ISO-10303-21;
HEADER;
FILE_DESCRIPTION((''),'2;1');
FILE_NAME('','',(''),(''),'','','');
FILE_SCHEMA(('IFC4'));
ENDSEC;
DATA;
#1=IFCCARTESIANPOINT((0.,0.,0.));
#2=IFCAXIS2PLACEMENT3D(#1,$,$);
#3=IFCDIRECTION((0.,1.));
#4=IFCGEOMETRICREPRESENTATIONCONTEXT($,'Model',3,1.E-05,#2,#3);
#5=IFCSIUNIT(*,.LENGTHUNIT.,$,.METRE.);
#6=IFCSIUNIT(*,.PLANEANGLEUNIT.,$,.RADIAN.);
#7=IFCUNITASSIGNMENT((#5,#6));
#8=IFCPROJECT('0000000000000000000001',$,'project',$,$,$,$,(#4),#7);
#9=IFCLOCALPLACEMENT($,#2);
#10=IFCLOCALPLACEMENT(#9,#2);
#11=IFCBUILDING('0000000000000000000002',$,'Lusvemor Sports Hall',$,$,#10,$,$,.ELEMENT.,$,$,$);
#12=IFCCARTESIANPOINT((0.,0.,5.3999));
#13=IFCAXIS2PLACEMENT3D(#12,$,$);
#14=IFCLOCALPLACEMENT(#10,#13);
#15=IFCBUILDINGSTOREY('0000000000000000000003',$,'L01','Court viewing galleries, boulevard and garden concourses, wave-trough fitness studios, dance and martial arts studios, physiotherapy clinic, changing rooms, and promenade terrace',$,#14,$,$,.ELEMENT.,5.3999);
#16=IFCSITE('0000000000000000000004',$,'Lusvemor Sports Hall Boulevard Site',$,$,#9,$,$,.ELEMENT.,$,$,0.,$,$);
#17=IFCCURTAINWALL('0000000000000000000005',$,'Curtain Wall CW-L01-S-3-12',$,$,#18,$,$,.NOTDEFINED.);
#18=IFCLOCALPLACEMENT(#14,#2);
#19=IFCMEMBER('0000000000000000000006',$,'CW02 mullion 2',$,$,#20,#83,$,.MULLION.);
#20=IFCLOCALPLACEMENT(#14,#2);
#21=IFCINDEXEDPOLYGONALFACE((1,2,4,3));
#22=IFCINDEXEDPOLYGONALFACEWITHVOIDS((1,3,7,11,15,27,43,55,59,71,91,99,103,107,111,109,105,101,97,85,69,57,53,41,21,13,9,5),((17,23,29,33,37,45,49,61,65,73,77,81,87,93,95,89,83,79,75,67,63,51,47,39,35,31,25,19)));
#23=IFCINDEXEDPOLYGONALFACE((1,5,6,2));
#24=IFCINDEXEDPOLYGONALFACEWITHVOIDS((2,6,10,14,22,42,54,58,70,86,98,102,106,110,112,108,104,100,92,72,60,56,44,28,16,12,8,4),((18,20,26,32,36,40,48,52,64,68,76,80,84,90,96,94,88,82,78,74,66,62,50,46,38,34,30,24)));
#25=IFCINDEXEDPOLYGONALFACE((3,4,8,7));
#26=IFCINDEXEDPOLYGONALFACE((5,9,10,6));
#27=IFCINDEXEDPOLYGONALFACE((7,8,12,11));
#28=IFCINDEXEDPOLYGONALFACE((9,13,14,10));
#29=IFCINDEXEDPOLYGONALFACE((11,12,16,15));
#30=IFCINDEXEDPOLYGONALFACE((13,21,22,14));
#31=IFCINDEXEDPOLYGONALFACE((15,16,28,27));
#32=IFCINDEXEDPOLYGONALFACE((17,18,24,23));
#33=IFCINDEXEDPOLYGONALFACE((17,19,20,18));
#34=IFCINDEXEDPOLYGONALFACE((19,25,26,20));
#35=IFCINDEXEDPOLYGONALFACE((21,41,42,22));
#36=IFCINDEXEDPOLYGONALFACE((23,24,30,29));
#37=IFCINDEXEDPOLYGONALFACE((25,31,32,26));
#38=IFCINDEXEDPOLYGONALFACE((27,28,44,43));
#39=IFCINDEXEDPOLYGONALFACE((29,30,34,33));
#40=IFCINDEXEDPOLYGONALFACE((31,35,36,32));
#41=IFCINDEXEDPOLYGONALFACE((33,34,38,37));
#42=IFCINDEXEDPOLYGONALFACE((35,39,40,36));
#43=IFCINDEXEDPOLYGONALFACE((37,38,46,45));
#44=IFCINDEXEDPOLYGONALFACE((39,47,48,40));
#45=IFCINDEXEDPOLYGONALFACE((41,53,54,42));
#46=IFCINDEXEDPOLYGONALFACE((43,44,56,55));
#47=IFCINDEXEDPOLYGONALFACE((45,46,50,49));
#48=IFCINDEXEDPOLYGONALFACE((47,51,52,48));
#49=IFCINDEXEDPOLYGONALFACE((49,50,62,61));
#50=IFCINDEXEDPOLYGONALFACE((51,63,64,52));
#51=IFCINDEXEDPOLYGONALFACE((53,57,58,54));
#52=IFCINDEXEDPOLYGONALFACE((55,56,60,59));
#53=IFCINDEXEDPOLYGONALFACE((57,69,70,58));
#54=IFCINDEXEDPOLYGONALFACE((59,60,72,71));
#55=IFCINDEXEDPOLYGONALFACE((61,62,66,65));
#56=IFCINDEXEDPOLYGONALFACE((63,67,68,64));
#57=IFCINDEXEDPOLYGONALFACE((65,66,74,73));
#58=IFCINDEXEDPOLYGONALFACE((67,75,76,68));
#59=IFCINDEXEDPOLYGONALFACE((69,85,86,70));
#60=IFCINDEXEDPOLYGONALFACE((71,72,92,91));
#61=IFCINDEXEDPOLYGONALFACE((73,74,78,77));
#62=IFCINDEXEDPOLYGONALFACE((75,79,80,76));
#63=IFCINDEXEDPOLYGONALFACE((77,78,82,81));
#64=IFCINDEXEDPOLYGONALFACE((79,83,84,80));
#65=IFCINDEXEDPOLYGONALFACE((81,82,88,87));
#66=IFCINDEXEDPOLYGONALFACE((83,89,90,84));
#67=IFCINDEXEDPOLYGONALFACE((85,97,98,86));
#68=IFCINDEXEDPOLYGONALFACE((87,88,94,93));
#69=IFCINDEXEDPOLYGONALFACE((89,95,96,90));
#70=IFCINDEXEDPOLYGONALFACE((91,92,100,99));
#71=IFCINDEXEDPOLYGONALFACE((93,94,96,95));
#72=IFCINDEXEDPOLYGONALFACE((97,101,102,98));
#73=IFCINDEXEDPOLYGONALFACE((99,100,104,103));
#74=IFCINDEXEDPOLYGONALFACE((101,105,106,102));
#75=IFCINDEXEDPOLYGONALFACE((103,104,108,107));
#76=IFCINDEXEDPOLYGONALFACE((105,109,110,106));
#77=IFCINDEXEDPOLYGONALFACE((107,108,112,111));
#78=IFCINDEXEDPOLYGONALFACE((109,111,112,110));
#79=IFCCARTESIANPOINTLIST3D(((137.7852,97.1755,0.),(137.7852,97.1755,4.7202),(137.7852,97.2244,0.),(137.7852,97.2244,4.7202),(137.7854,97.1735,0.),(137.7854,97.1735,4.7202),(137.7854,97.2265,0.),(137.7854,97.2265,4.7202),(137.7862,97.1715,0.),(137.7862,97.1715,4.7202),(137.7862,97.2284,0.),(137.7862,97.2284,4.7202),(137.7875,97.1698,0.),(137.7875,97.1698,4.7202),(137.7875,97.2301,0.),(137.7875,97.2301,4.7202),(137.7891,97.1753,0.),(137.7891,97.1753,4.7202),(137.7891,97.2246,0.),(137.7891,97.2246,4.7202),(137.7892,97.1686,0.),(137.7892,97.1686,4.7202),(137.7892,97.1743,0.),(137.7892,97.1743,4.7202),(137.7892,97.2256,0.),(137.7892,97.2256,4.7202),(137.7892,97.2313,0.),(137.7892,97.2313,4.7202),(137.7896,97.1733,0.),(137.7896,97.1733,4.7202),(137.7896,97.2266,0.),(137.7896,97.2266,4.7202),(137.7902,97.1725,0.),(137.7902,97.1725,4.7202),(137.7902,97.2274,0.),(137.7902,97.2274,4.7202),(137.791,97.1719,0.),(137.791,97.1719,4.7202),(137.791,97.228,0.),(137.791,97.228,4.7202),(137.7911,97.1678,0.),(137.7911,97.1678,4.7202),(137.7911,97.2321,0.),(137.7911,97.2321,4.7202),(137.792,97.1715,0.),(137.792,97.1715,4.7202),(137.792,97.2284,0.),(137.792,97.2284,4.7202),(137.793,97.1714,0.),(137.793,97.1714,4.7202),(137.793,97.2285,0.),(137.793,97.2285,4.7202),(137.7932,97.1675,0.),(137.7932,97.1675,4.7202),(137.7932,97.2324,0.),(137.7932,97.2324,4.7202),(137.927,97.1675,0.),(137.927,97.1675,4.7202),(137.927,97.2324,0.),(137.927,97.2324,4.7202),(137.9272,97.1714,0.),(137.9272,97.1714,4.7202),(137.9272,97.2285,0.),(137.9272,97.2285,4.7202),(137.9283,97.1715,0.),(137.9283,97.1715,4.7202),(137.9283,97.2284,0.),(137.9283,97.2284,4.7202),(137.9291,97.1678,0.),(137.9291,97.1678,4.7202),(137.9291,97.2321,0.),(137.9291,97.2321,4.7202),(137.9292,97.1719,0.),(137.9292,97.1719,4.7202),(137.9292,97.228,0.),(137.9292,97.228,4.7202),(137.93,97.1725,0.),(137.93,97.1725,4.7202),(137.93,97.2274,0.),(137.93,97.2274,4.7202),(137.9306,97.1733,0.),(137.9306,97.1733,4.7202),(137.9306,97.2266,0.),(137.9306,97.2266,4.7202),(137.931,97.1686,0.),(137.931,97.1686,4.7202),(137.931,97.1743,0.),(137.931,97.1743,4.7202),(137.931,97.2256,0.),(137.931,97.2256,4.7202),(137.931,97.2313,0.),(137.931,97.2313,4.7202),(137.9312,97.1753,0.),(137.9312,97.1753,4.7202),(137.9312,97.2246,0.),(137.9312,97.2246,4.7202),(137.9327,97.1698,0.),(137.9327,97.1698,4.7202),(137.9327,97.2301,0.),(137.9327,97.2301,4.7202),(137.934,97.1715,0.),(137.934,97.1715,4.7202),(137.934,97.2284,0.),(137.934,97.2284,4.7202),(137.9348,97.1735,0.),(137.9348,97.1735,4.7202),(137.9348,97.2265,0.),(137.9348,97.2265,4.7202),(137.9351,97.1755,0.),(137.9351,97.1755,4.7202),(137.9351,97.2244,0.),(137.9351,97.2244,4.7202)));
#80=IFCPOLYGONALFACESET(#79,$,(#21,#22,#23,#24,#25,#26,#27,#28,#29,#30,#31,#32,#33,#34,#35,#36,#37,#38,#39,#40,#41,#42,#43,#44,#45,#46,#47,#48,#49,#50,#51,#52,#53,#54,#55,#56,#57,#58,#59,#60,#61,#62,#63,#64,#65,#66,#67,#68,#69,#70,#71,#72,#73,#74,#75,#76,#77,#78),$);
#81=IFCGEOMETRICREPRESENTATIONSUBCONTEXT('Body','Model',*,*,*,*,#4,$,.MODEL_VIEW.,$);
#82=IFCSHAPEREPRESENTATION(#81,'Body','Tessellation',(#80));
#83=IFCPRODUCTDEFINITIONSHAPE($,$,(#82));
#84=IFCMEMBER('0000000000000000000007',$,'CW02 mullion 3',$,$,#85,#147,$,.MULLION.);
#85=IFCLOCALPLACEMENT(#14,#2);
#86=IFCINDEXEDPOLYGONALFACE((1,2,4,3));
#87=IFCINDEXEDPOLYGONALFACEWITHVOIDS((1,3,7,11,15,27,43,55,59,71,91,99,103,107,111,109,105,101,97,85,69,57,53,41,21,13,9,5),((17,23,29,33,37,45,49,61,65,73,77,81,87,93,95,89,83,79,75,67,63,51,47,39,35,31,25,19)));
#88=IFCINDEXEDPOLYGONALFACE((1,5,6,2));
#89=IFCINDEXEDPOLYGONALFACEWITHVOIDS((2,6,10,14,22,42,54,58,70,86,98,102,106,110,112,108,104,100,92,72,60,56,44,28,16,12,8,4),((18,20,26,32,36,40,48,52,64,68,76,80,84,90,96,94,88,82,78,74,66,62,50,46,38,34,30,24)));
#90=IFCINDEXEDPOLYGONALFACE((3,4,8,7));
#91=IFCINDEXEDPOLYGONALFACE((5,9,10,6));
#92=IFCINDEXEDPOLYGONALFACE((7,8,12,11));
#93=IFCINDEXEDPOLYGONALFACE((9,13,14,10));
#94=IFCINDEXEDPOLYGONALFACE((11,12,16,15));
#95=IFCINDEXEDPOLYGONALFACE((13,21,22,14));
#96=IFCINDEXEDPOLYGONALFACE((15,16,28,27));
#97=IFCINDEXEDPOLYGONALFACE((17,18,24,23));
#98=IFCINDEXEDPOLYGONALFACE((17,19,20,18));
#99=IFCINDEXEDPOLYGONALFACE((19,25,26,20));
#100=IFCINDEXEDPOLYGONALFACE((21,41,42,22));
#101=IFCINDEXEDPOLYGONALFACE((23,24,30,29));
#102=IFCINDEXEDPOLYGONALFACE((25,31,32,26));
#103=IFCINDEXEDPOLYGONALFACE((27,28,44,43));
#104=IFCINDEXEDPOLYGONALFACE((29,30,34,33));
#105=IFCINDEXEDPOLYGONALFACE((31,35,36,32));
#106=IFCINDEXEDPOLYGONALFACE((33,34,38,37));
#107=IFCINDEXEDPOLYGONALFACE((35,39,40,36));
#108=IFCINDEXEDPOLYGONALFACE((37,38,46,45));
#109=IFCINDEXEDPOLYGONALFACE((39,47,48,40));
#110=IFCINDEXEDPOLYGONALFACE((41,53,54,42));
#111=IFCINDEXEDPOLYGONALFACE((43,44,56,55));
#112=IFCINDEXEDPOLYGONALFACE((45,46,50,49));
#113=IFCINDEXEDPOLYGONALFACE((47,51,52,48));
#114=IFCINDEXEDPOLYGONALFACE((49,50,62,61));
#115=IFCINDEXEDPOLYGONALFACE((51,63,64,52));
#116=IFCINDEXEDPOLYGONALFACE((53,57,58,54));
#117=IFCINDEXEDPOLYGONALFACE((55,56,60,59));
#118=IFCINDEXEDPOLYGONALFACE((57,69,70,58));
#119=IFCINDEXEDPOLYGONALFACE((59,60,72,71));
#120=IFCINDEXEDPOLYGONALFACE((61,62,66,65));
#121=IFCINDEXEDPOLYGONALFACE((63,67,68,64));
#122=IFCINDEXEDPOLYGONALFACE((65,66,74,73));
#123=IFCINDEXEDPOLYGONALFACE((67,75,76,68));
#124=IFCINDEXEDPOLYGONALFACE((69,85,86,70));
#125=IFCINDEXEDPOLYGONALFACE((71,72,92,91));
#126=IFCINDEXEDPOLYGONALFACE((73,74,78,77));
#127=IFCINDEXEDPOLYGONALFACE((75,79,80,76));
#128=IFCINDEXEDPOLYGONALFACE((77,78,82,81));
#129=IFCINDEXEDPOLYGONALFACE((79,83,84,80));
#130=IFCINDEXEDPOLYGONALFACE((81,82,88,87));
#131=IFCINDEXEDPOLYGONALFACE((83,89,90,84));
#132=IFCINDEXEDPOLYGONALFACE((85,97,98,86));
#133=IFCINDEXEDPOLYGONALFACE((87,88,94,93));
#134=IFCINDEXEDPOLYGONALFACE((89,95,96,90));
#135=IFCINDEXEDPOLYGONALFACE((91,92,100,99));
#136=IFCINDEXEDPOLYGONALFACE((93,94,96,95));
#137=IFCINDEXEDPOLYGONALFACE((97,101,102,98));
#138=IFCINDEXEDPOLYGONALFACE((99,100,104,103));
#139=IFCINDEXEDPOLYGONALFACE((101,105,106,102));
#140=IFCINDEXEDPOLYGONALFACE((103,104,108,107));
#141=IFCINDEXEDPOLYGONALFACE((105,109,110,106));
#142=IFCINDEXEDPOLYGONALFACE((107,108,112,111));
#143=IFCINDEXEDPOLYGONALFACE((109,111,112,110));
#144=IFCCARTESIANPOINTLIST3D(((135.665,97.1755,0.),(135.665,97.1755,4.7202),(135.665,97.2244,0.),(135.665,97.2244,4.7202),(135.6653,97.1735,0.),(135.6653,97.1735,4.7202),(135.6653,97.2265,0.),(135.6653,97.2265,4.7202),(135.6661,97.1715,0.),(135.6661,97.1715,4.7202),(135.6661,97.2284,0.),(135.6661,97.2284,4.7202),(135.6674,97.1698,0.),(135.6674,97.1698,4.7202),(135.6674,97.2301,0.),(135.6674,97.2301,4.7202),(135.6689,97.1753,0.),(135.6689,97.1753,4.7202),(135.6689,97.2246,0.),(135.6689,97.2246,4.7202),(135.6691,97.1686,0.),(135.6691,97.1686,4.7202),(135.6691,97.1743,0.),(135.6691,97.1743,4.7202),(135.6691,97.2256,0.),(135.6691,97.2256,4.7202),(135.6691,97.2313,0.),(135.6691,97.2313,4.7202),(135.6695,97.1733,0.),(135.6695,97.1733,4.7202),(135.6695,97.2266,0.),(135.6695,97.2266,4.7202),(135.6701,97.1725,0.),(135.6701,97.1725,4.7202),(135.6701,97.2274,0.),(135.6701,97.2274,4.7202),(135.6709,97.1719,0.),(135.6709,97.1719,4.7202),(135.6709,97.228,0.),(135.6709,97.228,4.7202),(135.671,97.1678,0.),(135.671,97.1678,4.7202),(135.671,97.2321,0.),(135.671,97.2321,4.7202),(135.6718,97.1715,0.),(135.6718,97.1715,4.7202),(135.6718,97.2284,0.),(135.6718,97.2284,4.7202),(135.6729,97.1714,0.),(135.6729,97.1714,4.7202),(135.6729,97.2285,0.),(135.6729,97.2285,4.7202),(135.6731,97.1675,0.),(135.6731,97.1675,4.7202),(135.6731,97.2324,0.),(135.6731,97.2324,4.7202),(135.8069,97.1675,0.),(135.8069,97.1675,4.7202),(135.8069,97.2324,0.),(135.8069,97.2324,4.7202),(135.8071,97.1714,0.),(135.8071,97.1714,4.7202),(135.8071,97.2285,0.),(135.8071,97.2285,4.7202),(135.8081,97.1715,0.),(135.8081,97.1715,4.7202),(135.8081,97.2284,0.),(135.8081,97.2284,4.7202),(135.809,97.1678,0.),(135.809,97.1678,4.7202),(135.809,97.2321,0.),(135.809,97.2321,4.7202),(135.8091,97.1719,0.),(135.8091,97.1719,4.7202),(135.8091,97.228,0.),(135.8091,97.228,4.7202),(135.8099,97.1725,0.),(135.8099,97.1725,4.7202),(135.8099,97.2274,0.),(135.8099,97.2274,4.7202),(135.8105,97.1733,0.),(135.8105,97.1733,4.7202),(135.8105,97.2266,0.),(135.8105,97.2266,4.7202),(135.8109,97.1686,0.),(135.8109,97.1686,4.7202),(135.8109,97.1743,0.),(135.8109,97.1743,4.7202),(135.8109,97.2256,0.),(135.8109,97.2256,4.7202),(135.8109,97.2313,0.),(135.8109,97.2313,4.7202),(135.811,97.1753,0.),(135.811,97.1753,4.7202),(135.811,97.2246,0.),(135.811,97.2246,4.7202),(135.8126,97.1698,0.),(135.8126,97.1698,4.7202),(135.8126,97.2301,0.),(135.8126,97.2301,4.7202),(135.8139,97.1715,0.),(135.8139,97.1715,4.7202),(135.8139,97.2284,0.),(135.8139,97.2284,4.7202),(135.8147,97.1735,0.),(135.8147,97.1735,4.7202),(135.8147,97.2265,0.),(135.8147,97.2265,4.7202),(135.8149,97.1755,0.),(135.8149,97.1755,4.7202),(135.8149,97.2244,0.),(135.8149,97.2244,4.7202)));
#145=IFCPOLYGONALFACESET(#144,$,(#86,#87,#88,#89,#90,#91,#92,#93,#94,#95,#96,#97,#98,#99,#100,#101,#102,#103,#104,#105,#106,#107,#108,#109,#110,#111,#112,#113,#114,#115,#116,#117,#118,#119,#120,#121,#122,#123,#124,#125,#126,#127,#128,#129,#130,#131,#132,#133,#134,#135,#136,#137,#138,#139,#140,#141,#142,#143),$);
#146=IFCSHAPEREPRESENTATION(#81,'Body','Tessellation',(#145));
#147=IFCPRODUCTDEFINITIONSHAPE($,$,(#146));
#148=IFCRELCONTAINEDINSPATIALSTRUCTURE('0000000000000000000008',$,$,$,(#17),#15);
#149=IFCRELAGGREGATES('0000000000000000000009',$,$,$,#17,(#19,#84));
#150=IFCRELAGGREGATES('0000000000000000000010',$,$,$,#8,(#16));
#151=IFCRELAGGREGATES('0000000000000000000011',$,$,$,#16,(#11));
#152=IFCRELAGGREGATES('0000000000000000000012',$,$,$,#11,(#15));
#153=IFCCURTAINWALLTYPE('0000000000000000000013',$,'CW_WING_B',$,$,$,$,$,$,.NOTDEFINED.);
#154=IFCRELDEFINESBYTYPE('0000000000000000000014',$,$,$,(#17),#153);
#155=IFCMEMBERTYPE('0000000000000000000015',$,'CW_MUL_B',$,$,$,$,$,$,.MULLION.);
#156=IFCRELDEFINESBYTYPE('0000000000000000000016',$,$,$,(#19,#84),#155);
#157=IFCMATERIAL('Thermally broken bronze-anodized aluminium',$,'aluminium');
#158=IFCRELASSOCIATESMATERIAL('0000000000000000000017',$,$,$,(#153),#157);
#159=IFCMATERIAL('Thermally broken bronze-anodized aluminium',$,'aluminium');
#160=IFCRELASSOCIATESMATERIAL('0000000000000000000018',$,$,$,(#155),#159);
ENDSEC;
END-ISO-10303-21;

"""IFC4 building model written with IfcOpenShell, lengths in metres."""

from ifc_helpers import new_model, si_unit, direction, frame, origin, origin_2d, place, context, subcontext, project, spatial, hollow_rectangle, extrude, material, material_profile, profile_set, type_object, element, aggregate, save


model = new_model("IFC4")

# Units and contexts
model_context = context("Model", 3, precision=1e-05, world=origin(), true_north=direction((0.0, 1.0)))
body_context = subcontext(model_context, "Body", "Model", "MODEL_VIEW")
ifc_project = project(units=[si_unit("LENGTHUNIT", "METRE"), si_unit("PLANEANGLEUNIT", "RADIAN")], contexts=[model_context])

# Site, building, storey
site_placement = place(None, origin())
site = spatial("IfcSite", under=ifc_project, at=site_placement, Name="Lusvemor Sports Hall Boulevard Site", CompositionType="ELEMENT", RefElevation=0.0)
building_placement = place(site_placement, origin())
building = spatial("IfcBuilding", under=site, at=building_placement, Name="Lusvemor Sports Hall", CompositionType="ELEMENT")
storey_placement = place(building_placement, frame((0.0, 0.0, 5.3999)))
storey = spatial("IfcBuildingStorey", under=building, at=storey_placement, Name="L01", Description="Court viewing galleries, boulevard and garden concourses, wave-trough fitness studios, dance and martial arts studios, physiotherapy clinic, changing rooms, and promenade terrace", CompositionType="ELEMENT", Elevation=5.3999)

# Curtain wall, members
ifc_material_1 = material(Name="Thermally broken bronze-anodized aluminium", Category="aluminium")
curtain_wall_type = type_object("IfcCurtainWallType", Name="CW_WING_B", PredefinedType="NOTDEFINED", material=ifc_material_1)
curtain_wall_placement = place(storey_placement, origin())
curtain_wall = element("IfcCurtainWall", 1, at=curtain_wall_placement, inside=storey, type_object=curtain_wall_type, Name="Curtain Wall CW-L01-S-3-12", PredefinedType="NOTDEFINED")
ifc_material_2 = material(Name="Thermally broken bronze-anodized aluminium", Category="aluminium")
ifc_material_profile_1 = material_profile(ifc_material_2, hollow_rectangle(XDim=0.0649, YDim=0.1499, WallThickness=0.0039, InnerFilletRadius=0.0039, OuterFilletRadius=0.0081, at=origin_2d()), Name="CWMUL150x65x4")
ifc_profile_set_1 = profile_set([ifc_material_profile_1], Name="Thermally broken bronze-anodized aluminium")
member_type_1 = type_object("IfcMemberType", Name="CW_MUL_B", PredefinedType="MULLION", material=ifc_profile_set_1)
member_1_placement = place(storey_placement, frame((137.8601, 97.2, 0.0), z_axis=(0.0, 0.0, 1.0), x_axis=(0.0, -1.0, 0.0)))
member_1 = element("IfcMember", 2, at=member_1_placement, type_object=member_type_1, Name="CW02 mullion 2", PredefinedType="MULLION", context=body_context, shape_type="SweptSolid", body=[
    extrude(hollow_rectangle(XDim=0.0649, YDim=0.1499, WallThickness=0.0039, InnerFilletRadius=0.0039, OuterFilletRadius=0.0081, at=origin_2d()), origin(), (0.0, 0.0, 1.0), 4.7202),
])
member_2_placement = place(storey_placement, frame((135.74, 97.2, 0.0), z_axis=(0.0, 0.0, 1.0), x_axis=(0.0, -1.0, 0.0)))
member_2 = element("IfcMember", 3, at=member_2_placement, type_object=member_type_1, Name="CW02 mullion 3", PredefinedType="MULLION", context=body_context, shape_type="SweptSolid", body=[
    extrude(hollow_rectangle(XDim=0.0649, YDim=0.1499, WallThickness=0.0039, InnerFilletRadius=0.0039, OuterFilletRadius=0.0081, at=origin_2d()), origin(), (0.0, 0.0, 1.0), 4.7202),
])

aggregate(curtain_wall, [member_1, member_2])

save(model, "model.ifc")
